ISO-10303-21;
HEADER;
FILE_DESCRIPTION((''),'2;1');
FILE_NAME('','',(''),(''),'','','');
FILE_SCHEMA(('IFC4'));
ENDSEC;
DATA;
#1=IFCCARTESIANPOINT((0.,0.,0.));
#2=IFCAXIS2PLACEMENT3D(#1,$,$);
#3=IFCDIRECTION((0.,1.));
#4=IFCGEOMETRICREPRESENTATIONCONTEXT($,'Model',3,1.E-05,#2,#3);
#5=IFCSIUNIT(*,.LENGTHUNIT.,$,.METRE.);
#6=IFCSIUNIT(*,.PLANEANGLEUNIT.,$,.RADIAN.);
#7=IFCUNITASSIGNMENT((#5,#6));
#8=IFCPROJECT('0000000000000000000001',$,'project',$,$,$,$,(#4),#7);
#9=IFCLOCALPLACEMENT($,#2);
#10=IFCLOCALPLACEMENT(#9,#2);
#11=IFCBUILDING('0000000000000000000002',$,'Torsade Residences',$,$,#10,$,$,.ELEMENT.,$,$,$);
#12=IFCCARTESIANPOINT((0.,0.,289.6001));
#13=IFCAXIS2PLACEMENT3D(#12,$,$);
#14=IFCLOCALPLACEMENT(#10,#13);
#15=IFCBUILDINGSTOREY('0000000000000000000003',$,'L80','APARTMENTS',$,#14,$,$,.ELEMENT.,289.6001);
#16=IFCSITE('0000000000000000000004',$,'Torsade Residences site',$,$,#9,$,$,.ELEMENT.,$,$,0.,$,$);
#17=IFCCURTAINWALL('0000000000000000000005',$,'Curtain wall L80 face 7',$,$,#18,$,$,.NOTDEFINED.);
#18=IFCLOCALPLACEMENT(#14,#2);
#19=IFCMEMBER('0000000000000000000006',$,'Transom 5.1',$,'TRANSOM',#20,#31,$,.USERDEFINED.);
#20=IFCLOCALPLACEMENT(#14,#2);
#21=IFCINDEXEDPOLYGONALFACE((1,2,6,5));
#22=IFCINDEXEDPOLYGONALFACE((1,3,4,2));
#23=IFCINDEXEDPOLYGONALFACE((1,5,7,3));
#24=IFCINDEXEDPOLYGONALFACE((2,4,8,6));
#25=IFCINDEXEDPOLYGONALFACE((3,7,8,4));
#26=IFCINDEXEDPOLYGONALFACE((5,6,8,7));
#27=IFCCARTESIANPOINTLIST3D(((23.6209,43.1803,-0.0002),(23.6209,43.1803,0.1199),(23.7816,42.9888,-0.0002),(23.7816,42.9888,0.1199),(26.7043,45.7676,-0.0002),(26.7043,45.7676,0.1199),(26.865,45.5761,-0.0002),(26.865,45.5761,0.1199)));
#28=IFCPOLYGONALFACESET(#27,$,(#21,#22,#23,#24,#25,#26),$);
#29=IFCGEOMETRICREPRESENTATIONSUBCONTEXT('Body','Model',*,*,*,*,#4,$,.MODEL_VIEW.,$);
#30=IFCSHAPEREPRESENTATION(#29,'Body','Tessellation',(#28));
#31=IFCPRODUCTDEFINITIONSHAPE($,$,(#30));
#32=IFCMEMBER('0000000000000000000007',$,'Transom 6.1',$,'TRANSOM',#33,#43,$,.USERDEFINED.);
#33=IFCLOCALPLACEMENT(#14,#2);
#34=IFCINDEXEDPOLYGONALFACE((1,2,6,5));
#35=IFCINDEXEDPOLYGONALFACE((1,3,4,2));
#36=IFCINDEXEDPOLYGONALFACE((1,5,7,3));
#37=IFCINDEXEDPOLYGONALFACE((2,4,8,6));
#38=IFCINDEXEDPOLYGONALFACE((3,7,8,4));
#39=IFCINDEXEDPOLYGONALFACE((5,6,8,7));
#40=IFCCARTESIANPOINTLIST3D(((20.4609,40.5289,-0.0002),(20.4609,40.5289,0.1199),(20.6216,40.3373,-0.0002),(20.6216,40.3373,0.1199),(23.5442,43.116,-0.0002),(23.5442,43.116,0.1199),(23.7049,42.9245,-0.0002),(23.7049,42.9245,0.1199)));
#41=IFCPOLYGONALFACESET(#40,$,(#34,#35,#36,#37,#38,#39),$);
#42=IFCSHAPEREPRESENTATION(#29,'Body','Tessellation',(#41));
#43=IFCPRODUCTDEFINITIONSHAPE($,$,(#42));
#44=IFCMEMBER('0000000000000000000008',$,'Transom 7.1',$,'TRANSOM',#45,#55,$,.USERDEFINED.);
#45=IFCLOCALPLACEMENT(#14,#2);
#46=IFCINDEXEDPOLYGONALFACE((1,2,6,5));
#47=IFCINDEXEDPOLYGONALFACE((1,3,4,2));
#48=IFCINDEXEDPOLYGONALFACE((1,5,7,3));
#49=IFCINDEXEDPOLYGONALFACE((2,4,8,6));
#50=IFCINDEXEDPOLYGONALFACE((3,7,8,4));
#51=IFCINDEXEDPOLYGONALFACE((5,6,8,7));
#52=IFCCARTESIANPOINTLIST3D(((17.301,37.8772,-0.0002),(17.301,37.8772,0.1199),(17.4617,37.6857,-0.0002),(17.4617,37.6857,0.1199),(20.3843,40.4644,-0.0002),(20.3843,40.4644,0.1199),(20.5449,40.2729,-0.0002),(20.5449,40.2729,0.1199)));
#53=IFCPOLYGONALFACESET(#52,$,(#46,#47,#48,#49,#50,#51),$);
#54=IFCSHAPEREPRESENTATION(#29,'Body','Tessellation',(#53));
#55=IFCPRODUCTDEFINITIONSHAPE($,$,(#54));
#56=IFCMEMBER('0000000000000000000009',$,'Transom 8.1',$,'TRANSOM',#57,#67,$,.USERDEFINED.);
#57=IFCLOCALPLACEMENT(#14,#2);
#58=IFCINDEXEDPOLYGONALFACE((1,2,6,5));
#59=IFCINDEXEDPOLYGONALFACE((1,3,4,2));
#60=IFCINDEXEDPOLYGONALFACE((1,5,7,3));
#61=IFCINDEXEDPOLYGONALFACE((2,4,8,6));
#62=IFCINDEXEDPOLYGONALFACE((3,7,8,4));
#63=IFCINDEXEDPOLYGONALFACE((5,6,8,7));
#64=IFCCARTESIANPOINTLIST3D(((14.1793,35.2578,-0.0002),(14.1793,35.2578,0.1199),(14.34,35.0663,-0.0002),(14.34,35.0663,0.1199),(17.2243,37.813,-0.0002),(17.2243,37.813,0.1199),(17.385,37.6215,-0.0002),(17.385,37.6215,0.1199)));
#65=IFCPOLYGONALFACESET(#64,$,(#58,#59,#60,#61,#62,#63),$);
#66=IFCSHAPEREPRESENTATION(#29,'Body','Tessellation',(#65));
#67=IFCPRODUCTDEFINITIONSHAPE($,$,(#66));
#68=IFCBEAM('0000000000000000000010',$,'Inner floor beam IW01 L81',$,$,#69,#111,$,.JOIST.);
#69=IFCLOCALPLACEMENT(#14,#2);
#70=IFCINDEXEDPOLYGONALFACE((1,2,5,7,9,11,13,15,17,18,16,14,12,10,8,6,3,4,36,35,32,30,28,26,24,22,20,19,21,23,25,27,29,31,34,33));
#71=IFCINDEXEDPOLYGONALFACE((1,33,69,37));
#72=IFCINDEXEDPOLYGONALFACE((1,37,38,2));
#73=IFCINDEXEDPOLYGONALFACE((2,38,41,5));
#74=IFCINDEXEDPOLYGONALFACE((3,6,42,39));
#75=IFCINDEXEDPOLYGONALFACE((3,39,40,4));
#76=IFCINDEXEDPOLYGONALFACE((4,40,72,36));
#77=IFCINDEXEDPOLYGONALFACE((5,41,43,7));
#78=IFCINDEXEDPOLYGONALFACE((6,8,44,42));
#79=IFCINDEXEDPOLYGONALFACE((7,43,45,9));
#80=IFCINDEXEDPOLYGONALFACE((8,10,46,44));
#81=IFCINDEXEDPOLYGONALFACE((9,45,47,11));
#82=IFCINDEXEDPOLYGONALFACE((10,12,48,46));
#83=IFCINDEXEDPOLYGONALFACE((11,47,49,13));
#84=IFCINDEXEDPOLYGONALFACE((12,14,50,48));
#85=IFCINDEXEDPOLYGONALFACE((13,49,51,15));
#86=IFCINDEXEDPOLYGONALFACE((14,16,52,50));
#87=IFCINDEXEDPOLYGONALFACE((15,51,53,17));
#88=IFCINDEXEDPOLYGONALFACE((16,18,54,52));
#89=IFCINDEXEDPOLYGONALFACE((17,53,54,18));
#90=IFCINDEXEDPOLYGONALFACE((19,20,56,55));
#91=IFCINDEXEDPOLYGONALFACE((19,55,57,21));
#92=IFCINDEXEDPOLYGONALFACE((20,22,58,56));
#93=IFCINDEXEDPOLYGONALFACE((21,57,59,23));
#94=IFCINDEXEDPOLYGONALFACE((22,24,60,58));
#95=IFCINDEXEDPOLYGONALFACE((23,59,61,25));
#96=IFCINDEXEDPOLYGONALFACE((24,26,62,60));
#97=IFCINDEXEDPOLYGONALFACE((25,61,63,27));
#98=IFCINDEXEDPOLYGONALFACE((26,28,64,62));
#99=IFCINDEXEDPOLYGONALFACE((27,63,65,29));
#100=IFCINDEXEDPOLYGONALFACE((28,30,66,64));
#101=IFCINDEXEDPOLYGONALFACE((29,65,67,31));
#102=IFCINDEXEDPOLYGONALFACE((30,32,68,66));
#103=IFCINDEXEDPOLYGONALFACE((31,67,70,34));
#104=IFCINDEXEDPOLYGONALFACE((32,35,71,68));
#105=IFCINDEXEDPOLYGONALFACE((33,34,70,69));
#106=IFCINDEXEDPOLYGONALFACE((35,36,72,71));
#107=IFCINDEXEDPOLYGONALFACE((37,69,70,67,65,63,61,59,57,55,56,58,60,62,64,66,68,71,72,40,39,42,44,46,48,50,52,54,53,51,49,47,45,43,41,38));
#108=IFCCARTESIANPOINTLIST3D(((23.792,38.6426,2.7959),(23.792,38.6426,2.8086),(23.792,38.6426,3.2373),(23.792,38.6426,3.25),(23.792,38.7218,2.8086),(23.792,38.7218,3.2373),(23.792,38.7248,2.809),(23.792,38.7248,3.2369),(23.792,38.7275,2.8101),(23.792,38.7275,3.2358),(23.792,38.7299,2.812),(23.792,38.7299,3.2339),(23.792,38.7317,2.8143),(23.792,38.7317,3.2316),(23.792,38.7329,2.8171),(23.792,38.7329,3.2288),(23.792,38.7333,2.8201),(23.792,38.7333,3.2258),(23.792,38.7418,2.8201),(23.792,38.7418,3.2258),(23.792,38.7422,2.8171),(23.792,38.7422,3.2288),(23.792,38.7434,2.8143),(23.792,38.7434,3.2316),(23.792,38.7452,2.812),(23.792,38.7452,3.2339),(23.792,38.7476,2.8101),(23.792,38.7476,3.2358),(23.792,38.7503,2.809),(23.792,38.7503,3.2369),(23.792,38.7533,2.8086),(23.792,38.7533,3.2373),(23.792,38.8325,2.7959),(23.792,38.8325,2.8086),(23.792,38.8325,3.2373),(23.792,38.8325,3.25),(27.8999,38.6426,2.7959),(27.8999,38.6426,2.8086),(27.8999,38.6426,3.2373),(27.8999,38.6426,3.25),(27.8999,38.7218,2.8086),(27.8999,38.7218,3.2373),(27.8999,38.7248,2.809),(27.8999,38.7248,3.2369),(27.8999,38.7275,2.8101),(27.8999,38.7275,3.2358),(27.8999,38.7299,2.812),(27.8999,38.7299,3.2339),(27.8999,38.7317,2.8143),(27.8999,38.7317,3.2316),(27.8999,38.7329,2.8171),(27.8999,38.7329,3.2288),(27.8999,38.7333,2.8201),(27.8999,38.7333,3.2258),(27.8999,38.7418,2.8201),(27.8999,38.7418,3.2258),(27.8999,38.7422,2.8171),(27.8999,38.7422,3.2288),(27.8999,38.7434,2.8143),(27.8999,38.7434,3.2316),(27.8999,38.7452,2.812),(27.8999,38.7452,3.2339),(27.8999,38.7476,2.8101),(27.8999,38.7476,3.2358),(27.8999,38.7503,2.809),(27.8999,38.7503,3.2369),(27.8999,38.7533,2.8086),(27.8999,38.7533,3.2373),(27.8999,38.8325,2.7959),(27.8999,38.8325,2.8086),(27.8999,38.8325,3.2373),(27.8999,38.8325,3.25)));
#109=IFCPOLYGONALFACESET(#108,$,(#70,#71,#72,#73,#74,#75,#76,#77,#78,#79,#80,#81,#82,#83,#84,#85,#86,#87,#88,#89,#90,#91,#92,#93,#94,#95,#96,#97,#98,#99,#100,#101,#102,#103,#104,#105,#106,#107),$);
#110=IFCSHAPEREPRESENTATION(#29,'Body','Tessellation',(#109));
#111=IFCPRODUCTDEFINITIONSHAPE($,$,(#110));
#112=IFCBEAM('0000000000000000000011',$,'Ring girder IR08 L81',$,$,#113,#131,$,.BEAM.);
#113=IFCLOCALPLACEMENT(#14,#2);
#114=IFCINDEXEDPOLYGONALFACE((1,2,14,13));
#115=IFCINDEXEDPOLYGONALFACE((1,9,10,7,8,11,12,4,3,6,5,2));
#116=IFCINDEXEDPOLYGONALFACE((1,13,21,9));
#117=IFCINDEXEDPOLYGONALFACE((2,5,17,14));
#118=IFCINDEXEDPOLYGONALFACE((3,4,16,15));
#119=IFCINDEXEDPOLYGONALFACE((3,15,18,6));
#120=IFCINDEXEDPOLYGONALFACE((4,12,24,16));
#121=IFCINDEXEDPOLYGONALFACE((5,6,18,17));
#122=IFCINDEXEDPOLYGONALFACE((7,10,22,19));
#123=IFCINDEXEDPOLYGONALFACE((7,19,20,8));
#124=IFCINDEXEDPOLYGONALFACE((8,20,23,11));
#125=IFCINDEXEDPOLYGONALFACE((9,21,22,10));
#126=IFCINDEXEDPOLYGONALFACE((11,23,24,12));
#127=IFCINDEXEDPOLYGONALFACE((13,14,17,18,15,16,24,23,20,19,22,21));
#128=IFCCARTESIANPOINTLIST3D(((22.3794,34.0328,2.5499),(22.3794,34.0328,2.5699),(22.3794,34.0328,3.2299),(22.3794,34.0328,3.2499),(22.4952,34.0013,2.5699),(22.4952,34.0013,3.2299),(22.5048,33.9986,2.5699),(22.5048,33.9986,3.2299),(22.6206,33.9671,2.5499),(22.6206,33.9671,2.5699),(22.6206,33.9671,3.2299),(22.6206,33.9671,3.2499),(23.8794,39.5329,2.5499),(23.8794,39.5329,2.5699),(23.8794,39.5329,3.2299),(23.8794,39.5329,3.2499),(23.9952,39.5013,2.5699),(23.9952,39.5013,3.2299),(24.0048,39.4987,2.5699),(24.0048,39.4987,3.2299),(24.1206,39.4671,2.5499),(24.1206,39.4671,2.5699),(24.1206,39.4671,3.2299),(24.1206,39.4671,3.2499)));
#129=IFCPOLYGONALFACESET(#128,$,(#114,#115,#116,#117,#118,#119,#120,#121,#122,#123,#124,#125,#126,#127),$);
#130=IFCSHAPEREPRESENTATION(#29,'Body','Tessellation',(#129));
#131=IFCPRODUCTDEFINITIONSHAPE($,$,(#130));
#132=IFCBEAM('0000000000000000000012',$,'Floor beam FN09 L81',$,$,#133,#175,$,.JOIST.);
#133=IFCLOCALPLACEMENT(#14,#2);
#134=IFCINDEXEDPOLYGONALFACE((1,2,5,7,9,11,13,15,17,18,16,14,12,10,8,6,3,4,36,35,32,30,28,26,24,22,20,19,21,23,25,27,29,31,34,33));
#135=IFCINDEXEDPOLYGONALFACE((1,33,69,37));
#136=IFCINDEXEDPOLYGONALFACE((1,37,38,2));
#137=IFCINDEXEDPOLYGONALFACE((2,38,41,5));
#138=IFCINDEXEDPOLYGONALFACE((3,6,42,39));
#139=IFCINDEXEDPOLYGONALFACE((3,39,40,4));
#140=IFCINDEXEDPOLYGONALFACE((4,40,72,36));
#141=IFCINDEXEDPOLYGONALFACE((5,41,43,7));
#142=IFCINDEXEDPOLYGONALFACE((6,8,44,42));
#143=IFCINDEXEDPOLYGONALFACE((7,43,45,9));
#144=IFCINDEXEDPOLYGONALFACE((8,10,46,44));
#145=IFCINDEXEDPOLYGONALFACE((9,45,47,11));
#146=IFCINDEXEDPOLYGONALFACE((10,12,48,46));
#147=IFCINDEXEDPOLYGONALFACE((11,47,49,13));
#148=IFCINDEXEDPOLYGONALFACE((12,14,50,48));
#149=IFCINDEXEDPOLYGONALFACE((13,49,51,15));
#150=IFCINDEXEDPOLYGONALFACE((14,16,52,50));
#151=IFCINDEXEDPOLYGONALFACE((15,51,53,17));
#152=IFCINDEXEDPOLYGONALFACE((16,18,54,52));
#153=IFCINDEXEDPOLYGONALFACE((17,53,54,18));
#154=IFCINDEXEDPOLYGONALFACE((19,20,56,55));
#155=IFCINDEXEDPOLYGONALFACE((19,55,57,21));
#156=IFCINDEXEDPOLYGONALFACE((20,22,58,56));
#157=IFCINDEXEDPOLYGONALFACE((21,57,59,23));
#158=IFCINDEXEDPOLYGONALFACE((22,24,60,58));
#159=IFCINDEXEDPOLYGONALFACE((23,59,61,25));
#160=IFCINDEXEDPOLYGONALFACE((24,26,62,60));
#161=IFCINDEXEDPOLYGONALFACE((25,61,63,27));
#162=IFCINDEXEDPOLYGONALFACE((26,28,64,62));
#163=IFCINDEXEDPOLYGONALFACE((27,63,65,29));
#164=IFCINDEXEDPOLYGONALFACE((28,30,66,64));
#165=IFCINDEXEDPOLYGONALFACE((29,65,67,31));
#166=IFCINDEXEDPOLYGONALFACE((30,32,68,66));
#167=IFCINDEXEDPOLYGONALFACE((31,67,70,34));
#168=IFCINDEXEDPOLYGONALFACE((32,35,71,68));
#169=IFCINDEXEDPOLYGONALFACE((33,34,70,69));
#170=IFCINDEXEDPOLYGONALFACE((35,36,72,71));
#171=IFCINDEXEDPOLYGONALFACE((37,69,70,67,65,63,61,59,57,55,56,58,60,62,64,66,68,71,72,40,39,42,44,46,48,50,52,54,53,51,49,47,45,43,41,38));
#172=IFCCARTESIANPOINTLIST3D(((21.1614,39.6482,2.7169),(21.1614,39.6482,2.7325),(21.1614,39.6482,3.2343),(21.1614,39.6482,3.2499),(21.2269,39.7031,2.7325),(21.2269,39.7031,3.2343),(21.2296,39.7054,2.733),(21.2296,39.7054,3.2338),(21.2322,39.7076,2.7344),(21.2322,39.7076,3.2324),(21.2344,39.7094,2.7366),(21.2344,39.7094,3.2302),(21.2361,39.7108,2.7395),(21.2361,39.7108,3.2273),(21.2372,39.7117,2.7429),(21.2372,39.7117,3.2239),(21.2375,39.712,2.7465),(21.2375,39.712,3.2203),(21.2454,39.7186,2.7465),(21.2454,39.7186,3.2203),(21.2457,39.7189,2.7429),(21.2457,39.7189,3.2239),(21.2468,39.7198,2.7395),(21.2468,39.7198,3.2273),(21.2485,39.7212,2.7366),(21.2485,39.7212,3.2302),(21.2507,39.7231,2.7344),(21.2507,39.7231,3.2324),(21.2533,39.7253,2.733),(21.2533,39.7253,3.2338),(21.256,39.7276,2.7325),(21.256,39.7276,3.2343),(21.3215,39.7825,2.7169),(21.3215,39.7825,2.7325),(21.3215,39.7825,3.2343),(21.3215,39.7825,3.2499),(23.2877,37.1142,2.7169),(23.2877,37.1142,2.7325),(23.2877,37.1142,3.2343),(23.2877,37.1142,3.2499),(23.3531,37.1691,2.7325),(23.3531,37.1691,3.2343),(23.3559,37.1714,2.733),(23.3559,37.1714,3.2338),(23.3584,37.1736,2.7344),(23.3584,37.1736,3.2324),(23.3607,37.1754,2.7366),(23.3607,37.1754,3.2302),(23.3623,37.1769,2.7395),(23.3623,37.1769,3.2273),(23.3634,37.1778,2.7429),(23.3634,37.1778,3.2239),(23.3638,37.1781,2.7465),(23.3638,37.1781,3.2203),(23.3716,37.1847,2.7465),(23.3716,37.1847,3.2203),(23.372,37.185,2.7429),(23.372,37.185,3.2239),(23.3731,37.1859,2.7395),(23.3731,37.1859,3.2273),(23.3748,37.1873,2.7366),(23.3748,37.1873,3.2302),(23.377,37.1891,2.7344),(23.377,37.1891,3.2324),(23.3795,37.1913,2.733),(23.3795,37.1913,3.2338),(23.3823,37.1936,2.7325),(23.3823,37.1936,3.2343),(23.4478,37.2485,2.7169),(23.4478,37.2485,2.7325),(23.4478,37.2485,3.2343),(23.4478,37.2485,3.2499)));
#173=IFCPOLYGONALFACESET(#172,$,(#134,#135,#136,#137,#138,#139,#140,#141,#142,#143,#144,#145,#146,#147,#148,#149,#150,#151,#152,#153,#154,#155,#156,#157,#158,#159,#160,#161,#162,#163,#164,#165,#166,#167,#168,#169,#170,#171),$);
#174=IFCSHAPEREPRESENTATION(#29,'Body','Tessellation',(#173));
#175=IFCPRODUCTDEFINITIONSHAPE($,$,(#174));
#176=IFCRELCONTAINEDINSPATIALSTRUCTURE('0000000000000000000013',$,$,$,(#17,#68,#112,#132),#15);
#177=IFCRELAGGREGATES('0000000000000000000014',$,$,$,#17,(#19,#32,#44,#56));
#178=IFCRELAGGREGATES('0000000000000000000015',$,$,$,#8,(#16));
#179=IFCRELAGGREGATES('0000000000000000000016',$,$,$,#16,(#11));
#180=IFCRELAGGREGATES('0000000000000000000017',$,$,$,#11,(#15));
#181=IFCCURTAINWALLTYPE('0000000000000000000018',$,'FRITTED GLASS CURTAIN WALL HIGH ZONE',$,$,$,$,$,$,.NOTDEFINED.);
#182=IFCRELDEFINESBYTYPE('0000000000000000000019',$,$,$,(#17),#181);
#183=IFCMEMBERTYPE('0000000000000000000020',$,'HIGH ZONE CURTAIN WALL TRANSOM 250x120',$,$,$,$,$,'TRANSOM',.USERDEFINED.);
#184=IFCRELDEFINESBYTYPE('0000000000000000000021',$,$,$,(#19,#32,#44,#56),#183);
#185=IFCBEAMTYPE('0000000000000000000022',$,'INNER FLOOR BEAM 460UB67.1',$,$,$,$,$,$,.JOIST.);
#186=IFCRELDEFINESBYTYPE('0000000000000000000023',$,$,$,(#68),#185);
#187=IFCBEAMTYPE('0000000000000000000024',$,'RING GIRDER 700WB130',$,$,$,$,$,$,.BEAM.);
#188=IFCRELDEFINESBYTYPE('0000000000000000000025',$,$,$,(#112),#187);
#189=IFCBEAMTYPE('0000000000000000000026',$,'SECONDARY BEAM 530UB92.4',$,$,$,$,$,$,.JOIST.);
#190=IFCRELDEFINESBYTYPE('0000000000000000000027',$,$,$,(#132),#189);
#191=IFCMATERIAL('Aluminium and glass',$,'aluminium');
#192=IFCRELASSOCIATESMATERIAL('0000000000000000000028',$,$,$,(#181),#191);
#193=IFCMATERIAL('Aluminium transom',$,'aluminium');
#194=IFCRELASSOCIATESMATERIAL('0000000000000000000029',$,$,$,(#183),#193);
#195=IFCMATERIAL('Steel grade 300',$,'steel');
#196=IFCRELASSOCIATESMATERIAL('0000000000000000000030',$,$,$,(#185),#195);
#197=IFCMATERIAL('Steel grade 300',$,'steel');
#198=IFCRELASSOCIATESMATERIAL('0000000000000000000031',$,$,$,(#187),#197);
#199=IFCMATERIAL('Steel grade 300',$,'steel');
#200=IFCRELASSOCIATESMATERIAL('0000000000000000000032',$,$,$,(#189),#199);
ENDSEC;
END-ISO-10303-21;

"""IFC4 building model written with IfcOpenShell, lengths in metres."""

from ifc_helpers import new_model, si_unit, direction, frame, origin, origin_2d, place, context, subcontext, project, spatial, rectangle, i_section, extrude, material, material_profile, profile_set, type_object, element, aggregate, save


model = new_model("IFC4")

# Units and contexts
model_context = context("Model", 3, precision=1e-05, world=origin(), true_north=direction((0.0, 1.0)))
body_context = subcontext(model_context, "Body", "Model", "MODEL_VIEW")
ifc_project = project(units=[si_unit("LENGTHUNIT", "METRE"), si_unit("PLANEANGLEUNIT", "RADIAN")], contexts=[model_context])

# Site, building, storey
site_placement = place(None, origin())
site = spatial("IfcSite", under=ifc_project, at=site_placement, Name="Torsade Residences site", CompositionType="ELEMENT", RefElevation=0.0)
building_placement = place(site_placement, origin())
building = spatial("IfcBuilding", under=site, at=building_placement, Name="Torsade Residences", CompositionType="ELEMENT")
storey_placement = place(building_placement, frame((0.0, 0.0, 289.6001)))
storey = spatial("IfcBuildingStorey", under=building, at=storey_placement, Name="L80", Description="APARTMENTS", CompositionType="ELEMENT", Elevation=289.6001)

# Curtain wall, members
ifc_material_1 = material(Name="Aluminium and glass", Category="aluminium")
curtain_wall_type = type_object("IfcCurtainWallType", Name="FRITTED GLASS CURTAIN WALL HIGH ZONE", PredefinedType="NOTDEFINED", material=ifc_material_1)
curtain_wall_placement = place(storey_placement, origin())
curtain_wall = element("IfcCurtainWall", 1, at=curtain_wall_placement, inside=storey, type_object=curtain_wall_type, Name="Curtain wall L80 face 7", PredefinedType="NOTDEFINED")
ifc_material_2 = material(Name="Aluminium transom", Category="aluminium")
ifc_material_profile_1 = material_profile(ifc_material_2, rectangle(XDim=0.25, YDim=0.1201, at=origin_2d()), Name="HIGH ZONE CURTAIN WALL TRANSOM 250x120")
ifc_profile_set_1 = profile_set([ifc_material_profile_1], Name="Aluminium transom")
member_type_1 = type_object("IfcMemberType", Name="HIGH ZONE CURTAIN WALL TRANSOM 250x120", ElementType="TRANSOM", PredefinedType="USERDEFINED", material=ifc_profile_set_1)
member_1_placement = place(storey_placement, frame((26.7847, 45.6719, 0.0598), z_axis=(-0.766039, -0.642794, 0.0), x_axis=(0.642794, -0.766039, 0.0)))
member_1 = element("IfcMember", 2, at=member_1_placement, type_object=member_type_1, Name="Transom 5.1", ObjectType="TRANSOM", PredefinedType="USERDEFINED", context=body_context, shape_type="SweptSolid", body=[
    extrude(rectangle(XDim=0.25, YDim=0.1201, at=origin_2d()), origin(), (0.0, 0.0, 1.0), 4.0251),
])
member_2_placement = place(storey_placement, frame((23.6245, 43.0203, 0.0598), z_axis=(-0.766044, -0.642788, 0.0), x_axis=(0.642788, -0.766044, 0.0)))
member_2 = element("IfcMember", 3, at=member_2_placement, type_object=member_type_1, Name="Transom 6.1", ObjectType="TRANSOM", PredefinedType="USERDEFINED", context=body_context, shape_type="SweptSolid", body=[
    extrude(rectangle(XDim=0.25, YDim=0.1201, at=origin_2d()), origin(), (0.0, 0.0, 1.0), 4.0249),
])
member_3_placement = place(storey_placement, frame((20.4646, 40.3687, 0.0598), z_axis=(-0.766044, -0.642788, 0.0), x_axis=(0.642788, -0.766044, 0.0)))
member_3 = element("IfcMember", 4, at=member_3_placement, type_object=member_type_1, Name="Transom 7.1", ObjectType="TRANSOM", PredefinedType="USERDEFINED", context=body_context, shape_type="SweptSolid", body=[
    extrude(rectangle(XDim=0.25, YDim=0.1201, at=origin_2d()), origin(), (0.0, 0.0, 1.0), 4.0249),
])
member_4_placement = place(storey_placement, frame((17.3047, 37.7173, 0.0598), z_axis=(-0.766022, -0.642815, 0.0), x_axis=(0.642815, -0.766022, 0.0)))
member_4 = element("IfcMember", 5, at=member_4_placement, type_object=member_type_1, Name="Transom 8.1", ObjectType="TRANSOM", PredefinedType="USERDEFINED", context=body_context, shape_type="SweptSolid", body=[
    extrude(rectangle(XDim=0.25, YDim=0.1201, at=origin_2d()), origin(), (0.0, 0.0, 1.0), 3.9751),
])

# Beams
ifc_material_3 = material(Name="Steel grade 300", Category="steel")
ifc_material_profile_2 = material_profile(ifc_material_3, i_section(OverallWidth=0.1899, OverallDepth=0.4541, WebThickness=0.0085, FlangeThickness=0.0127, FilletRadius=0.0115, at=origin_2d()), Name="460UB67.1")
ifc_profile_set_2 = profile_set([ifc_material_profile_2], Name="Steel grade 300")
beam_type_1 = type_object("IfcBeamType", Name="INNER FLOOR BEAM 460UB67.1", PredefinedType="JOIST", material=ifc_profile_set_2)
beam_1_placement = place(storey_placement, frame((27.8999, 38.7375, 3.0229), z_axis=(-1.0, 0.0, 0.0), x_axis=(0.0, -1.0, 0.0)))
element("IfcBeam", 6, at=beam_1_placement, inside=storey, type_object=beam_type_1, Name="Inner floor beam IW01 L81", PredefinedType="JOIST", context=body_context, shape_type="SweptSolid", body=[
    extrude(i_section(OverallWidth=0.1899, OverallDepth=0.4541, WebThickness=0.0085, FlangeThickness=0.0127, FilletRadius=0.0115, at=origin_2d()), origin(), (0.0, 0.0, 1.0), 4.1079),
])
ifc_material_4 = material(Name="Steel grade 300", Category="steel")
ifc_material_profile_3 = material_profile(ifc_material_4, i_section(OverallWidth=0.25, OverallDepth=0.7, WebThickness=0.01, FlangeThickness=0.02, at=origin_2d()), Name="700WB130")
ifc_profile_set_3 = profile_set([ifc_material_profile_3], Name="Steel grade 300")
beam_type_2 = type_object("IfcBeamType", Name="RING GIRDER 700WB130", PredefinedType="BEAM", material=ifc_profile_set_3)
beam_2_placement = place(storey_placement, frame((24.0, 39.5, 2.8999), z_axis=(-0.263117, -0.964764, 0.0), x_axis=(0.964764, -0.263117, 0.0)))
element("IfcBeam", 7, at=beam_2_placement, inside=storey, type_object=beam_type_2, Name="Ring girder IR08 L81", PredefinedType="BEAM", context=body_context, shape_type="SweptSolid", body=[
    extrude(i_section(OverallWidth=0.25, OverallDepth=0.7, WebThickness=0.01, FlangeThickness=0.02, at=origin_2d()), origin(), (0.0, 0.0, 1.0), 5.7009),
])
ifc_material_5 = material(Name="Steel grade 300", Category="steel")
ifc_material_profile_4 = material_profile(ifc_material_5, i_section(OverallWidth=0.209, OverallDepth=0.533, WebThickness=0.0103, FlangeThickness=0.0156, FilletRadius=0.0139, at=origin_2d()), Name="530UB92.4")
ifc_profile_set_4 = profile_set([ifc_material_profile_4], Name="Steel grade 300")
beam_type_3 = type_object("IfcBeamType", Name="SECONDARY BEAM 530UB92.4", PredefinedType="JOIST", material=ifc_profile_set_4)
beam_3_placement = place(storey_placement, frame((21.2415, 39.7153, 2.9834), z_axis=(0.642787, -0.766045, 0.0), x_axis=(0.766045, 0.642787, 0.0)))
element("IfcBeam", 8, at=beam_3_placement, inside=storey, type_object=beam_type_3, Name="Floor beam FN09 L81", PredefinedType="JOIST", context=body_context, shape_type="SweptSolid", body=[
    extrude(i_section(OverallWidth=0.209, OverallDepth=0.533, WebThickness=0.0103, FlangeThickness=0.0156, FilletRadius=0.0139, at=origin_2d()), origin(), (0.0, 0.0, 1.0), 3.3079),
])

aggregate(curtain_wall, [member_1, member_2, member_3, member_4])

save(model, "model.ifc")
